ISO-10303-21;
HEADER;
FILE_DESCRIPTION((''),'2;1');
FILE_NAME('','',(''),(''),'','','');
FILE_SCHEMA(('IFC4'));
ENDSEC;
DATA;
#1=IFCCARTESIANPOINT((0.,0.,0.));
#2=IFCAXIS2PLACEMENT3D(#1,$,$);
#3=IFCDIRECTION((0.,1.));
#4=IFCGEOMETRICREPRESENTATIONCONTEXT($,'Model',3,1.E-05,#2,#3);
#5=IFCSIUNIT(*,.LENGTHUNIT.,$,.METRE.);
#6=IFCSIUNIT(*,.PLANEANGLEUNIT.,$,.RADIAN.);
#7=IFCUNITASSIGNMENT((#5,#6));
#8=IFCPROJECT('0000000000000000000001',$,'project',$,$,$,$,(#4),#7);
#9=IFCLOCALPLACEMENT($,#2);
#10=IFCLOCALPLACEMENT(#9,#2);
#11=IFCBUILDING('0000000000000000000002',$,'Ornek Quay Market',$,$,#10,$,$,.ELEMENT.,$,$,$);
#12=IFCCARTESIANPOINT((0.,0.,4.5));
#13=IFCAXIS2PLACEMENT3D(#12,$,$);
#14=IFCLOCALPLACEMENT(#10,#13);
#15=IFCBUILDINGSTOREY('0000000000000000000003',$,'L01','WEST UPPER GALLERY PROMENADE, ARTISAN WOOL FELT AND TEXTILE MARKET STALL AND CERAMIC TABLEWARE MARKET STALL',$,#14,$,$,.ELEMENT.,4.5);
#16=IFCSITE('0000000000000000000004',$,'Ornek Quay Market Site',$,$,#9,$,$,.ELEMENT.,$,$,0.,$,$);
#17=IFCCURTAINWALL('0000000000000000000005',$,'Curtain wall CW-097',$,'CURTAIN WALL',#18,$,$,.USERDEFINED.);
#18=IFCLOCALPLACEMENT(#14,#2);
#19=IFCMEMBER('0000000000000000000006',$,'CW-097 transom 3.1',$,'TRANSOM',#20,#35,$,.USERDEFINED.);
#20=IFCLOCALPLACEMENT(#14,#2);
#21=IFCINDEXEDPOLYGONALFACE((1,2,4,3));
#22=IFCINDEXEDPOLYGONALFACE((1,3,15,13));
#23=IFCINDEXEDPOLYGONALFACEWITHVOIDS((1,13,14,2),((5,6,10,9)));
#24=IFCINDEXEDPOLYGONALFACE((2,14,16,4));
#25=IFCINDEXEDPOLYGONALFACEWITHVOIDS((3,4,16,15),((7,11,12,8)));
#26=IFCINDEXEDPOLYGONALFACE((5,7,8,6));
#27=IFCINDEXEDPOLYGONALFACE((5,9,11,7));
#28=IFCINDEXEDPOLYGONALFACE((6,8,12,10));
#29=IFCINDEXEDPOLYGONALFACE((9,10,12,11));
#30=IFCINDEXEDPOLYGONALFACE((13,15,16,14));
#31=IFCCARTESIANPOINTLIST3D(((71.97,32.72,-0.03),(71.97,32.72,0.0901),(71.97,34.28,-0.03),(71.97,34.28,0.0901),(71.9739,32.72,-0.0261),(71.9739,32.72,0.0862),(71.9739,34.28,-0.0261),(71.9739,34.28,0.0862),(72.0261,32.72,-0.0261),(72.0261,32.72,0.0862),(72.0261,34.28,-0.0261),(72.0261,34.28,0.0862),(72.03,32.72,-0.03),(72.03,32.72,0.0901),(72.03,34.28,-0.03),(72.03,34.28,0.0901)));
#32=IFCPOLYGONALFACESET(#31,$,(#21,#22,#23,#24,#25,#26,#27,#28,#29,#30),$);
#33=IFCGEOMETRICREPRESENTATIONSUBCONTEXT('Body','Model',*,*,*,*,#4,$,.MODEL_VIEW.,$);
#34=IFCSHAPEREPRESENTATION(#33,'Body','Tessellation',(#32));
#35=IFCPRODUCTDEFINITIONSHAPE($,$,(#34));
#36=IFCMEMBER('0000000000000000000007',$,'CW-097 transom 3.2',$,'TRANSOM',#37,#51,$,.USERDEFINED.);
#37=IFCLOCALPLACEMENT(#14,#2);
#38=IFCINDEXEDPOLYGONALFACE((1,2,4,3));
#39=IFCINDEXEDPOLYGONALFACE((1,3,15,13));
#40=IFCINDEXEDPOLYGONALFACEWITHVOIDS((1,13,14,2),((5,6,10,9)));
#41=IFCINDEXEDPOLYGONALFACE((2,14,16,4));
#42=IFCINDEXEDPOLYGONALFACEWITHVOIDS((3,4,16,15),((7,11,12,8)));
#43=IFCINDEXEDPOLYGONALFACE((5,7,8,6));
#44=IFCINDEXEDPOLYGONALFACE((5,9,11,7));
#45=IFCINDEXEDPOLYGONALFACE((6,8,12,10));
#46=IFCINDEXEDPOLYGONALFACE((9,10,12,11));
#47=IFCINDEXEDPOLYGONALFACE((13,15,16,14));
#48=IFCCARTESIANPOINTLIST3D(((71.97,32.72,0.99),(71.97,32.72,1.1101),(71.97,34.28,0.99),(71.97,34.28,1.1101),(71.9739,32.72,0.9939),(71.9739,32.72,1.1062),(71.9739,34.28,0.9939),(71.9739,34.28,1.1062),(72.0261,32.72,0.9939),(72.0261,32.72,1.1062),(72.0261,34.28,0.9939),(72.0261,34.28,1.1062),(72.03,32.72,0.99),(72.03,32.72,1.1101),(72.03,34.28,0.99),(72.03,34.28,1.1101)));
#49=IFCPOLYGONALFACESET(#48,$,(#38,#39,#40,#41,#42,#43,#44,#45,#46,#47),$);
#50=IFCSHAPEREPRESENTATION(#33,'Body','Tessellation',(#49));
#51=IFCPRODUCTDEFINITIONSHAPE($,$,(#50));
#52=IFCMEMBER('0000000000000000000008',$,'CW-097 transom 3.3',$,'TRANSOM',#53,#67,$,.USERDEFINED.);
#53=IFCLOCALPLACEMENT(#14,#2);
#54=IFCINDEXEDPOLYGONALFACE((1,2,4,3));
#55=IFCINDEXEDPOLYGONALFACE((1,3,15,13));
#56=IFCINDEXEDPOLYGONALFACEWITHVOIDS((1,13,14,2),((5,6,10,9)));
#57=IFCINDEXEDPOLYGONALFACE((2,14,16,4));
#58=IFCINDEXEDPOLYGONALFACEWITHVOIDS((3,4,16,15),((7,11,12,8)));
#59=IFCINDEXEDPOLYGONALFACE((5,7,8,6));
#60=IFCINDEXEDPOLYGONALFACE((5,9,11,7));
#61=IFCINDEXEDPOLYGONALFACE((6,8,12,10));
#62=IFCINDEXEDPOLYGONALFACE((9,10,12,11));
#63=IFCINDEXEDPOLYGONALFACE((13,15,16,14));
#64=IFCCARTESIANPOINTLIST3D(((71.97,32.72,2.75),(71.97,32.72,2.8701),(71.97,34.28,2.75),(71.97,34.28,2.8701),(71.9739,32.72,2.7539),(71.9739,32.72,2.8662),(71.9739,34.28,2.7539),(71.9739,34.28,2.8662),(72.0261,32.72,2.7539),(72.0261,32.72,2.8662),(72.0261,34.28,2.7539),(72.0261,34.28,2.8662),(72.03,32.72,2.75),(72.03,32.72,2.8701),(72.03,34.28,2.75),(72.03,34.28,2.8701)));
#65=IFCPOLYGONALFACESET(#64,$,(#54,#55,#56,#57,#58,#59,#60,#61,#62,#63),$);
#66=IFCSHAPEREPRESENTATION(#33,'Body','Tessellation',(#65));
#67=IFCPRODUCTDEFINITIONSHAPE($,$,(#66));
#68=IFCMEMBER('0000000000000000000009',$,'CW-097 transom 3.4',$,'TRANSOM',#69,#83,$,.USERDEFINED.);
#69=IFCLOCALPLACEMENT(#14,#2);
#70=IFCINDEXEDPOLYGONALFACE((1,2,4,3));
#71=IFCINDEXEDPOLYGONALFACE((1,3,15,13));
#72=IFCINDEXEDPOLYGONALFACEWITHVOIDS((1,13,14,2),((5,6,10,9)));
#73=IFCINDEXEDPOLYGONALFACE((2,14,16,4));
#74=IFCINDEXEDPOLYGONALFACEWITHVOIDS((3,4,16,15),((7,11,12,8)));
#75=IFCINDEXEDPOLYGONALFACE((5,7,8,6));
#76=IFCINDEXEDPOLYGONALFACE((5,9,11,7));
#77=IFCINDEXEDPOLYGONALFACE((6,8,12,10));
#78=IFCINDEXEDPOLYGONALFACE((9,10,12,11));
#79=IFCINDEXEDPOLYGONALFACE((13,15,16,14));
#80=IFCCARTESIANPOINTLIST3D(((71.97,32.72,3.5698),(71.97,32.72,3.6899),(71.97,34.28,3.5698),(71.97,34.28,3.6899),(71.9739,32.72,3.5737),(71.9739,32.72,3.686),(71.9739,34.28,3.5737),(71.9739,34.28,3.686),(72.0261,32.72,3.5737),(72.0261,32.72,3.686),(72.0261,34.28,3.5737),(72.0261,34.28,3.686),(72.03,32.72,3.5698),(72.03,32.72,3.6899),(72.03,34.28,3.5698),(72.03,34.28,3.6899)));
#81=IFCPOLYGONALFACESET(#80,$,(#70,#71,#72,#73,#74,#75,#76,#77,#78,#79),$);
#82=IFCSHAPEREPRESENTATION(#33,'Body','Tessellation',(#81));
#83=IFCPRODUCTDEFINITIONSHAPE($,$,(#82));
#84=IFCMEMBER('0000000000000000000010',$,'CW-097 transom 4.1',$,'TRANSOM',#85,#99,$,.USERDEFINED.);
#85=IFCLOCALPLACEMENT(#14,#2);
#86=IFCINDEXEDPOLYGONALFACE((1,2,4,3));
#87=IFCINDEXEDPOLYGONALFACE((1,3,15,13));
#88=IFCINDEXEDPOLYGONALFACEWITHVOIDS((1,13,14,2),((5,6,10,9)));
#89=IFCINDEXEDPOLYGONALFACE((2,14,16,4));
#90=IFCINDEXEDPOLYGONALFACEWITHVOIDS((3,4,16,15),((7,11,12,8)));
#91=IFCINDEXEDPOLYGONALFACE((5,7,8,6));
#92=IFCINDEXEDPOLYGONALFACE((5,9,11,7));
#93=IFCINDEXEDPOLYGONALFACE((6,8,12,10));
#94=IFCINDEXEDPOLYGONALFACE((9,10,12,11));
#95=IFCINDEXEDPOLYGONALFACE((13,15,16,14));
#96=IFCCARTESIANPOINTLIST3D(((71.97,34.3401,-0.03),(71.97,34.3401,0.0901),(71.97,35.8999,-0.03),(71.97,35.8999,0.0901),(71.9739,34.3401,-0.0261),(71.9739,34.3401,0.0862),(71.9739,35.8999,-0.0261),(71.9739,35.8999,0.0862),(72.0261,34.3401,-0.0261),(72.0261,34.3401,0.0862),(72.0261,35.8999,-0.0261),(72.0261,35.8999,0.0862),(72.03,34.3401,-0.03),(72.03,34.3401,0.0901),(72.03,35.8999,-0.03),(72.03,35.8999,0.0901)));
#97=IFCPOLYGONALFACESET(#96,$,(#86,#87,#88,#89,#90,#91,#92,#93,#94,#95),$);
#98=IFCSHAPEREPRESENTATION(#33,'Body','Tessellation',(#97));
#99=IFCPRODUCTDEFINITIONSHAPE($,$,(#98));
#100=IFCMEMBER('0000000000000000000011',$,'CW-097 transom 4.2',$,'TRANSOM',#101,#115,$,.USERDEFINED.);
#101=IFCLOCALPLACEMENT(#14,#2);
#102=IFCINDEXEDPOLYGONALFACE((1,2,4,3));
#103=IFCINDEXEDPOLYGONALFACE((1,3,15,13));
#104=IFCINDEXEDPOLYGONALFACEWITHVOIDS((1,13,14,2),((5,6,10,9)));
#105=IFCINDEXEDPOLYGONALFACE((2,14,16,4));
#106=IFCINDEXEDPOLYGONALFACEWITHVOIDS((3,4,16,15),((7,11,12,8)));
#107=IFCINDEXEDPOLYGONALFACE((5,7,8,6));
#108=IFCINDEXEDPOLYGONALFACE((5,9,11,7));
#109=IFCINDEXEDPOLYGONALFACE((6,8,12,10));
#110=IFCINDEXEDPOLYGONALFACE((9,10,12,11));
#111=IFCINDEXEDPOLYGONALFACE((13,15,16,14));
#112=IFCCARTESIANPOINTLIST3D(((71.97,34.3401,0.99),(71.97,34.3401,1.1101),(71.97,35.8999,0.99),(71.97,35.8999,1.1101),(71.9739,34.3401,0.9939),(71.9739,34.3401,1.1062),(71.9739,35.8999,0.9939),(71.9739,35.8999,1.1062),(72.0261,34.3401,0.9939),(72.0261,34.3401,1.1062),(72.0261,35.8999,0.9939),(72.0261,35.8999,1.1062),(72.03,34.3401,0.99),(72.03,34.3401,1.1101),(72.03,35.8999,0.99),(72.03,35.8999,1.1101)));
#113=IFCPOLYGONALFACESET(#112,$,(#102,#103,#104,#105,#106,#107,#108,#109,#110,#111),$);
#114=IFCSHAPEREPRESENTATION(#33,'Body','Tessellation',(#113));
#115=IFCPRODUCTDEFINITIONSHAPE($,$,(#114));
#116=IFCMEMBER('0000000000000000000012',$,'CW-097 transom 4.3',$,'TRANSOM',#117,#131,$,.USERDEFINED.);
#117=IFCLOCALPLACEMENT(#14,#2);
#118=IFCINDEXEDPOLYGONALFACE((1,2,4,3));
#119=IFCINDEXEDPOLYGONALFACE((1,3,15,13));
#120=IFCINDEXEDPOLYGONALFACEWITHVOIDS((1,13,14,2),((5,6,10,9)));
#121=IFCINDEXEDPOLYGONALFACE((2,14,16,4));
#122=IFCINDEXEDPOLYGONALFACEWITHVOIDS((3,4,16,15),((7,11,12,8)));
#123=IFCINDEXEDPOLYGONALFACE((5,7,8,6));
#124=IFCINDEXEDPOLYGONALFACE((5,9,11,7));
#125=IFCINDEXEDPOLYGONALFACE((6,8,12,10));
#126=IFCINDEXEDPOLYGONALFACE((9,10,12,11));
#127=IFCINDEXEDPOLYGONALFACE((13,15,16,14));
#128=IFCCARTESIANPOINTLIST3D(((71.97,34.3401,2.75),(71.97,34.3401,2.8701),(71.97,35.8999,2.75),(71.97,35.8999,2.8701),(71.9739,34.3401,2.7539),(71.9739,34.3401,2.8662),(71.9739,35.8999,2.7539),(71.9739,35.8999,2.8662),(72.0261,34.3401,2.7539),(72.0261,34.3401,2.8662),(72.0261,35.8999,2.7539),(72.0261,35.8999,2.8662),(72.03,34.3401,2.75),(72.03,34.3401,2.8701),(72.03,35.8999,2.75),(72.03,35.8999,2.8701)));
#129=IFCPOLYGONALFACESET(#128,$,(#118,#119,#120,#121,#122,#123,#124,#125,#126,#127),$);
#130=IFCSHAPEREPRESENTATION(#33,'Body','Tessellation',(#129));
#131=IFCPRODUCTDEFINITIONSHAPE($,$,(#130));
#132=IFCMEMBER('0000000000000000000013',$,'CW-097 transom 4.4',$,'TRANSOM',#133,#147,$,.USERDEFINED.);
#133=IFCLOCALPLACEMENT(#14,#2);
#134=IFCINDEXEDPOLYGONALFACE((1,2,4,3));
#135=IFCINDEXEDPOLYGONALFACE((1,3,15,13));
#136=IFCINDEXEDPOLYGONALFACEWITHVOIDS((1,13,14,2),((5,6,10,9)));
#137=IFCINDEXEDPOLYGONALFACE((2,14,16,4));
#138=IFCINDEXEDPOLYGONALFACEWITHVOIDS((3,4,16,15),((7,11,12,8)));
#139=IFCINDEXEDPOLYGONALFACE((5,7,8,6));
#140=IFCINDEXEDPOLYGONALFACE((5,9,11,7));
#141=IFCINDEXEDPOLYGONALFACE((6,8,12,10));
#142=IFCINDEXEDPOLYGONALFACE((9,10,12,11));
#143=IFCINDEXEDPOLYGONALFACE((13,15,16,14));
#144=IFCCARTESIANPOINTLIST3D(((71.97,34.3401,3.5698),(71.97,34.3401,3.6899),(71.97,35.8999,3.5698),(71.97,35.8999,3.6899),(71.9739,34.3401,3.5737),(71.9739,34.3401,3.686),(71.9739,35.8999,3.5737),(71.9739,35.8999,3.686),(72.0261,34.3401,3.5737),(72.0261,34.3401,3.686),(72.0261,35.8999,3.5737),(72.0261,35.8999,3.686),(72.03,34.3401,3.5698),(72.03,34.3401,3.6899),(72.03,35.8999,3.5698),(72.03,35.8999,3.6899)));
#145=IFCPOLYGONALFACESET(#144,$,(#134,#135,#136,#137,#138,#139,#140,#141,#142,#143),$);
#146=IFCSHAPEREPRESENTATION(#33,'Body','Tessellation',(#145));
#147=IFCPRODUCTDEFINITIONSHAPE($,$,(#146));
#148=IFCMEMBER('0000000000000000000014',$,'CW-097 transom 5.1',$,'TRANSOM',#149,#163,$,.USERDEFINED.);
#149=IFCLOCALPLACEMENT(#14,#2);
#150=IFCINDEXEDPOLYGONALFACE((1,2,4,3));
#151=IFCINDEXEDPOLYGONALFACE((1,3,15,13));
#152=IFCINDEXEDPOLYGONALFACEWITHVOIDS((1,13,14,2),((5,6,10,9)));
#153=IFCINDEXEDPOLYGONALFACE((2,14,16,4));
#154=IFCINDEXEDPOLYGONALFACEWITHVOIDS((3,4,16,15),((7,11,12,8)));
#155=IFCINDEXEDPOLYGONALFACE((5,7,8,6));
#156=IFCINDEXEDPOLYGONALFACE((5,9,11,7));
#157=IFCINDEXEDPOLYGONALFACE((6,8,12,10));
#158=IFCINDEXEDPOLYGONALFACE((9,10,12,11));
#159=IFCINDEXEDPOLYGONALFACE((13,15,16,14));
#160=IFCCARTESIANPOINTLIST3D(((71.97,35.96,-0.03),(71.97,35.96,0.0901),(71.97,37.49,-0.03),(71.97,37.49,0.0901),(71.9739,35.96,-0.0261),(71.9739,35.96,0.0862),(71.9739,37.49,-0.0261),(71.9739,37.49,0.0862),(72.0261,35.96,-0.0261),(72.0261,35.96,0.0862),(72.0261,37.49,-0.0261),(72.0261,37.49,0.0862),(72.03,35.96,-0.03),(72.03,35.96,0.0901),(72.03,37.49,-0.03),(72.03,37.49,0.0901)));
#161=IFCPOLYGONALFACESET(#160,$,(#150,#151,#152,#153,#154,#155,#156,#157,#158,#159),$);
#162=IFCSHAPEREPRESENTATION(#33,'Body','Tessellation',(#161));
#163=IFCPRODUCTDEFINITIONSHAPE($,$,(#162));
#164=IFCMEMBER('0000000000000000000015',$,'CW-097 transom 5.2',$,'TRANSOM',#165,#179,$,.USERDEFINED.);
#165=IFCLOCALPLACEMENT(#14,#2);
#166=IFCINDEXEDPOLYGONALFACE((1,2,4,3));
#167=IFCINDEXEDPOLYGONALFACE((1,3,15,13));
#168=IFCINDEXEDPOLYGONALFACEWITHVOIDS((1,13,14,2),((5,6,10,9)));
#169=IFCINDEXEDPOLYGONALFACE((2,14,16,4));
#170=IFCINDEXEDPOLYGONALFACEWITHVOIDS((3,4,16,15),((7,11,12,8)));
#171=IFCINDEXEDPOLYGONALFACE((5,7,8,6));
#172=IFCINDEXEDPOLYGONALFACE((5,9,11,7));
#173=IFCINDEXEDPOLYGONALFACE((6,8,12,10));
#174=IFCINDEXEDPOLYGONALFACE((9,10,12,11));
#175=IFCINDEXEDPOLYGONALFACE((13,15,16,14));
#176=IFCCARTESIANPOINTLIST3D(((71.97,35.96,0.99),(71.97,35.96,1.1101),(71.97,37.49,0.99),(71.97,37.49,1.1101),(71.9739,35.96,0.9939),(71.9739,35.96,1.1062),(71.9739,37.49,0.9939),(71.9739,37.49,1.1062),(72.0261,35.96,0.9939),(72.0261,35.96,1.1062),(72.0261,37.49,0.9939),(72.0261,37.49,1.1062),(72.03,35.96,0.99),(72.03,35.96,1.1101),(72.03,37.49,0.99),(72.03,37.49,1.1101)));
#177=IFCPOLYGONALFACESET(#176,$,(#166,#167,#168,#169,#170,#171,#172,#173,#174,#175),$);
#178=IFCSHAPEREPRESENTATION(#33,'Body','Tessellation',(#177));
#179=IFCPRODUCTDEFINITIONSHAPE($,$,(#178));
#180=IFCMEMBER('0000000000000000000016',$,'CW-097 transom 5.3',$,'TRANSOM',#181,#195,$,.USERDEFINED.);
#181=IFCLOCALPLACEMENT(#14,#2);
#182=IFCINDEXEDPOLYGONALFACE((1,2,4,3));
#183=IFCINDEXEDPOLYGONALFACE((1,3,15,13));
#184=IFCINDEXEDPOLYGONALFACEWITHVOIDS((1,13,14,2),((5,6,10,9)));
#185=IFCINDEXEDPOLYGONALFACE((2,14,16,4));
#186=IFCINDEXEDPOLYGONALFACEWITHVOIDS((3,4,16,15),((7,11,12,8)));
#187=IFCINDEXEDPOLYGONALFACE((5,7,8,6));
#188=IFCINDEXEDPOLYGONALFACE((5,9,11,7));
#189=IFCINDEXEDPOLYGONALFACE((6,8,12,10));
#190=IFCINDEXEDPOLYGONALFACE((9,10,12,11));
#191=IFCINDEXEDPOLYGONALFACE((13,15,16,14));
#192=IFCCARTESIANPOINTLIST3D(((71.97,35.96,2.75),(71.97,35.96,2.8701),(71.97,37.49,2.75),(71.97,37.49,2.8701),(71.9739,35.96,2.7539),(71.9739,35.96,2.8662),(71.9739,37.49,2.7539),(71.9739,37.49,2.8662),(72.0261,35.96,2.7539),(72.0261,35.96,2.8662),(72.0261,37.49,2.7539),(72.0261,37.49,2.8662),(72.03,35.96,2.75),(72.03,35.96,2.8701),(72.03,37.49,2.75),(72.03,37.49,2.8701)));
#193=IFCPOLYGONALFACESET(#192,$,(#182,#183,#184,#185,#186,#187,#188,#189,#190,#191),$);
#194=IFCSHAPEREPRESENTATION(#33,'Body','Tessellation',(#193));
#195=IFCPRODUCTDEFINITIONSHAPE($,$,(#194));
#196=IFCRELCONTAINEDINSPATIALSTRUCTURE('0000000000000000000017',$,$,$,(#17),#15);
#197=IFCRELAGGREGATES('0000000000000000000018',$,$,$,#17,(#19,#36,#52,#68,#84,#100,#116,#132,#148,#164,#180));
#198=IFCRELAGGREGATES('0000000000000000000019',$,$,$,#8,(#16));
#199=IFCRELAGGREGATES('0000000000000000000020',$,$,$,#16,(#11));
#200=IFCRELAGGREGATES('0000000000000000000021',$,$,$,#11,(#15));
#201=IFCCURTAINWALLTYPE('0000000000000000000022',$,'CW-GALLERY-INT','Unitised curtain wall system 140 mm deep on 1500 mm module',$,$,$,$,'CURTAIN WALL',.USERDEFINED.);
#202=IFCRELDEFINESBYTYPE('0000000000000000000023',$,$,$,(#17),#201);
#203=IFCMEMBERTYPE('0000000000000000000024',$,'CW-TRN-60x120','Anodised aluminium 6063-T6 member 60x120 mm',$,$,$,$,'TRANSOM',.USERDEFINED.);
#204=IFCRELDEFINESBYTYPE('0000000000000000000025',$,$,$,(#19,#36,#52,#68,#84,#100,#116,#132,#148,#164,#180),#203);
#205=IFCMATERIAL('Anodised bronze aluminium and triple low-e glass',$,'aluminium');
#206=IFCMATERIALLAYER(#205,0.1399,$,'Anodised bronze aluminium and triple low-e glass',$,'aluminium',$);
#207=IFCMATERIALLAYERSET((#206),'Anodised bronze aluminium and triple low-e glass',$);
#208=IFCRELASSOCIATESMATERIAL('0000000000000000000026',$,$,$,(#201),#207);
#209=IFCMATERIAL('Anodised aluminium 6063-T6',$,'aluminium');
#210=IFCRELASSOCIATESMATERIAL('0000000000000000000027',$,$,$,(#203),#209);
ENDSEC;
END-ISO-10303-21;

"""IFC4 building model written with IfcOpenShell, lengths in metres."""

from ifc_helpers import new_model, si_unit, direction, frame, origin, origin_2d, place, context, subcontext, project, spatial, hollow_rectangle, extrude, material, layer, layer_set, material_profile, profile_set, type_object, element, aggregate, save


model = new_model("IFC4")

# Units and contexts
model_context = context("Model", 3, precision=1e-05, world=origin(), true_north=direction((0.0, 1.0)))
body_context = subcontext(model_context, "Body", "Model", "MODEL_VIEW")
ifc_project = project(units=[si_unit("LENGTHUNIT", "METRE"), si_unit("PLANEANGLEUNIT", "RADIAN")], contexts=[model_context])

# Site, building, storey
site_placement = place(None, origin())
site = spatial("IfcSite", under=ifc_project, at=site_placement, Name="Ornek Quay Market Site", CompositionType="ELEMENT", RefElevation=0.0)
building_placement = place(site_placement, origin())
building = spatial("IfcBuilding", under=site, at=building_placement, Name="Ornek Quay Market", CompositionType="ELEMENT")
storey_placement = place(building_placement, frame((0.0, 0.0, 4.5)))
storey = spatial("IfcBuildingStorey", under=building, at=storey_placement, Name="L01", Description="WEST UPPER GALLERY PROMENADE, ARTISAN WOOL FELT AND TEXTILE MARKET STALL AND CERAMIC TABLEWARE MARKET STALL", CompositionType="ELEMENT", Elevation=4.5)

# Curtain wall
ifc_material_1 = material(Name="Anodised bronze aluminium and triple low-e glass", Category="aluminium")
ifc_layer_1 = layer(ifc_material_1, 0.1399, Name="Anodised bronze aluminium and triple low-e glass", Category="aluminium")
ifc_layer_set_1 = layer_set([ifc_layer_1], Name="Anodised bronze aluminium and triple low-e glass")
curtain_wall_type = type_object("IfcCurtainWallType", Name="CW-GALLERY-INT", Description="Unitised curtain wall system 140 mm deep on 1500 mm module", ElementType="CURTAIN WALL", PredefinedType="USERDEFINED", material=ifc_layer_set_1)
curtain_wall_1_placement = place(storey_placement, origin())
curtain_wall_1 = element("IfcCurtainWall", 1, at=curtain_wall_1_placement, inside=storey, type_object=curtain_wall_type, Name="Curtain wall CW-097", ObjectType="CURTAIN WALL", PredefinedType="USERDEFINED")
ifc_material_2 = material(Name="Anodised aluminium 6063-T6", Category="aluminium")

# Members
ifc_material_profile_1 = material_profile(ifc_material_2, hollow_rectangle(XDim=0.0601, YDim=0.1201, WallThickness=0.0039, at=origin_2d()), Name="CW-TRN-60x120", Category="aluminium")
ifc_profile_set_1 = profile_set([ifc_material_profile_1], Name="Anodised aluminium 6063-T6")
member_type_1 = type_object("IfcMemberType", Name="CW-TRN-60x120", Description="Anodised aluminium 6063-T6 member 60x120 mm", ElementType="TRANSOM", PredefinedType="USERDEFINED", material=ifc_profile_set_1)
member_1_placement = place(storey_placement, frame((72.0, 32.72, 0.03), z_axis=(0.0, 1.0, 0.0), x_axis=(-1.0, 0.0, 0.0)))
member_1 = element("IfcMember", 2, at=member_1_placement, type_object=member_type_1, Name="CW-097 transom 3.1", ObjectType="TRANSOM", PredefinedType="USERDEFINED", context=body_context, shape_type="SweptSolid", body=[
    extrude(hollow_rectangle(XDim=0.0601, YDim=0.1201, WallThickness=0.0039, at=origin_2d()), origin(), (0.0, 0.0, 1.0), 1.5601),
])
member_2_placement = place(storey_placement, frame((72.0, 32.72, 1.05), z_axis=(0.0, 1.0, 0.0), x_axis=(-1.0, 0.0, 0.0)))
member_2 = element("IfcMember", 3, at=member_2_placement, type_object=member_type_1, Name="CW-097 transom 3.2", ObjectType="TRANSOM", PredefinedType="USERDEFINED", context=body_context, shape_type="SweptSolid", body=[
    extrude(hollow_rectangle(XDim=0.0601, YDim=0.1201, WallThickness=0.0039, at=origin_2d()), origin(), (0.0, 0.0, 1.0), 1.5601),
])
member_3_placement = place(storey_placement, frame((72.0, 32.72, 2.8101), z_axis=(0.0, 1.0, 0.0), x_axis=(-1.0, 0.0, 0.0)))
member_3 = element("IfcMember", 4, at=member_3_placement, type_object=member_type_1, Name="CW-097 transom 3.3", ObjectType="TRANSOM", PredefinedType="USERDEFINED", context=body_context, shape_type="SweptSolid", body=[
    extrude(hollow_rectangle(XDim=0.0601, YDim=0.1201, WallThickness=0.0039, at=origin_2d()), origin(), (0.0, 0.0, 1.0), 1.5601),
])
member_4_placement = place(storey_placement, frame((72.0, 32.72, 3.6299), z_axis=(0.0, 1.0, 0.0), x_axis=(-1.0, 0.0, 0.0)))
member_4 = element("IfcMember", 5, at=member_4_placement, type_object=member_type_1, Name="CW-097 transom 3.4", ObjectType="TRANSOM", PredefinedType="USERDEFINED", context=body_context, shape_type="SweptSolid", body=[
    extrude(hollow_rectangle(XDim=0.0601, YDim=0.1201, WallThickness=0.0039, at=origin_2d()), origin(), (0.0, 0.0, 1.0), 1.5601),
])
member_5_placement = place(storey_placement, frame((72.0, 34.3401, 0.03), z_axis=(0.0, 1.0, 0.0), x_axis=(-1.0, 0.0, 0.0)))
member_5 = element("IfcMember", 6, at=member_5_placement, type_object=member_type_1, Name="CW-097 transom 4.1", ObjectType="TRANSOM", PredefinedType="USERDEFINED", context=body_context, shape_type="SweptSolid", body=[
    extrude(hollow_rectangle(XDim=0.0601, YDim=0.1201, WallThickness=0.0039, at=origin_2d()), origin(), (0.0, 0.0, 1.0), 1.5598),
])
member_6_placement = place(storey_placement, frame((72.0, 34.3401, 1.05), z_axis=(0.0, 1.0, 0.0), x_axis=(-1.0, 0.0, 0.0)))
member_6 = element("IfcMember", 7, at=member_6_placement, type_object=member_type_1, Name="CW-097 transom 4.2", ObjectType="TRANSOM", PredefinedType="USERDEFINED", context=body_context, shape_type="SweptSolid", body=[
    extrude(hollow_rectangle(XDim=0.0601, YDim=0.1201, WallThickness=0.0039, at=origin_2d()), origin(), (0.0, 0.0, 1.0), 1.5598),
])
member_7_placement = place(storey_placement, frame((72.0, 34.3401, 2.8101), z_axis=(0.0, 1.0, 0.0), x_axis=(-1.0, 0.0, 0.0)))
member_7 = element("IfcMember", 8, at=member_7_placement, type_object=member_type_1, Name="CW-097 transom 4.3", ObjectType="TRANSOM", PredefinedType="USERDEFINED", context=body_context, shape_type="SweptSolid", body=[
    extrude(hollow_rectangle(XDim=0.0601, YDim=0.1201, WallThickness=0.0039, at=origin_2d()), origin(), (0.0, 0.0, 1.0), 1.5598),
])
member_8_placement = place(storey_placement, frame((72.0, 34.3401, 3.6299), z_axis=(0.0, 1.0, 0.0), x_axis=(-1.0, 0.0, 0.0)))
member_8 = element("IfcMember", 9, at=member_8_placement, type_object=member_type_1, Name="CW-097 transom 4.4", ObjectType="TRANSOM", PredefinedType="USERDEFINED", context=body_context, shape_type="SweptSolid", body=[
    extrude(hollow_rectangle(XDim=0.0601, YDim=0.1201, WallThickness=0.0039, at=origin_2d()), origin(), (0.0, 0.0, 1.0), 1.5598),
])
member_9_placement = place(storey_placement, frame((72.0, 35.96, 0.03), z_axis=(0.0, 1.0, 0.0), x_axis=(-1.0, 0.0, 0.0)))
member_9 = element("IfcMember", 10, at=member_9_placement, type_object=member_type_1, Name="CW-097 transom 5.1", ObjectType="TRANSOM", PredefinedType="USERDEFINED", context=body_context, shape_type="SweptSolid", body=[
    extrude(hollow_rectangle(XDim=0.0601, YDim=0.1201, WallThickness=0.0039, at=origin_2d()), origin(), (0.0, 0.0, 1.0), 1.53),
])
member_10_placement = place(storey_placement, frame((72.0, 35.96, 1.05), z_axis=(0.0, 1.0, 0.0), x_axis=(-1.0, 0.0, 0.0)))
member_10 = element("IfcMember", 11, at=member_10_placement, type_object=member_type_1, Name="CW-097 transom 5.2", ObjectType="TRANSOM", PredefinedType="USERDEFINED", context=body_context, shape_type="SweptSolid", body=[
    extrude(hollow_rectangle(XDim=0.0601, YDim=0.1201, WallThickness=0.0039, at=origin_2d()), origin(), (0.0, 0.0, 1.0), 1.53),
])
member_11_placement = place(storey_placement, frame((72.0, 35.96, 2.8101), z_axis=(0.0, 1.0, 0.0), x_axis=(-1.0, 0.0, 0.0)))
member_11 = element("IfcMember", 12, at=member_11_placement, type_object=member_type_1, Name="CW-097 transom 5.3", ObjectType="TRANSOM", PredefinedType="USERDEFINED", context=body_context, shape_type="SweptSolid", body=[
    extrude(hollow_rectangle(XDim=0.0601, YDim=0.1201, WallThickness=0.0039, at=origin_2d()), origin(), (0.0, 0.0, 1.0), 1.53),
])

aggregate(curtain_wall_1, [member_1, member_2, member_3, member_4, member_5, member_6, member_7, member_8, member_9, member_10, member_11])

save(model, "model.ifc")
